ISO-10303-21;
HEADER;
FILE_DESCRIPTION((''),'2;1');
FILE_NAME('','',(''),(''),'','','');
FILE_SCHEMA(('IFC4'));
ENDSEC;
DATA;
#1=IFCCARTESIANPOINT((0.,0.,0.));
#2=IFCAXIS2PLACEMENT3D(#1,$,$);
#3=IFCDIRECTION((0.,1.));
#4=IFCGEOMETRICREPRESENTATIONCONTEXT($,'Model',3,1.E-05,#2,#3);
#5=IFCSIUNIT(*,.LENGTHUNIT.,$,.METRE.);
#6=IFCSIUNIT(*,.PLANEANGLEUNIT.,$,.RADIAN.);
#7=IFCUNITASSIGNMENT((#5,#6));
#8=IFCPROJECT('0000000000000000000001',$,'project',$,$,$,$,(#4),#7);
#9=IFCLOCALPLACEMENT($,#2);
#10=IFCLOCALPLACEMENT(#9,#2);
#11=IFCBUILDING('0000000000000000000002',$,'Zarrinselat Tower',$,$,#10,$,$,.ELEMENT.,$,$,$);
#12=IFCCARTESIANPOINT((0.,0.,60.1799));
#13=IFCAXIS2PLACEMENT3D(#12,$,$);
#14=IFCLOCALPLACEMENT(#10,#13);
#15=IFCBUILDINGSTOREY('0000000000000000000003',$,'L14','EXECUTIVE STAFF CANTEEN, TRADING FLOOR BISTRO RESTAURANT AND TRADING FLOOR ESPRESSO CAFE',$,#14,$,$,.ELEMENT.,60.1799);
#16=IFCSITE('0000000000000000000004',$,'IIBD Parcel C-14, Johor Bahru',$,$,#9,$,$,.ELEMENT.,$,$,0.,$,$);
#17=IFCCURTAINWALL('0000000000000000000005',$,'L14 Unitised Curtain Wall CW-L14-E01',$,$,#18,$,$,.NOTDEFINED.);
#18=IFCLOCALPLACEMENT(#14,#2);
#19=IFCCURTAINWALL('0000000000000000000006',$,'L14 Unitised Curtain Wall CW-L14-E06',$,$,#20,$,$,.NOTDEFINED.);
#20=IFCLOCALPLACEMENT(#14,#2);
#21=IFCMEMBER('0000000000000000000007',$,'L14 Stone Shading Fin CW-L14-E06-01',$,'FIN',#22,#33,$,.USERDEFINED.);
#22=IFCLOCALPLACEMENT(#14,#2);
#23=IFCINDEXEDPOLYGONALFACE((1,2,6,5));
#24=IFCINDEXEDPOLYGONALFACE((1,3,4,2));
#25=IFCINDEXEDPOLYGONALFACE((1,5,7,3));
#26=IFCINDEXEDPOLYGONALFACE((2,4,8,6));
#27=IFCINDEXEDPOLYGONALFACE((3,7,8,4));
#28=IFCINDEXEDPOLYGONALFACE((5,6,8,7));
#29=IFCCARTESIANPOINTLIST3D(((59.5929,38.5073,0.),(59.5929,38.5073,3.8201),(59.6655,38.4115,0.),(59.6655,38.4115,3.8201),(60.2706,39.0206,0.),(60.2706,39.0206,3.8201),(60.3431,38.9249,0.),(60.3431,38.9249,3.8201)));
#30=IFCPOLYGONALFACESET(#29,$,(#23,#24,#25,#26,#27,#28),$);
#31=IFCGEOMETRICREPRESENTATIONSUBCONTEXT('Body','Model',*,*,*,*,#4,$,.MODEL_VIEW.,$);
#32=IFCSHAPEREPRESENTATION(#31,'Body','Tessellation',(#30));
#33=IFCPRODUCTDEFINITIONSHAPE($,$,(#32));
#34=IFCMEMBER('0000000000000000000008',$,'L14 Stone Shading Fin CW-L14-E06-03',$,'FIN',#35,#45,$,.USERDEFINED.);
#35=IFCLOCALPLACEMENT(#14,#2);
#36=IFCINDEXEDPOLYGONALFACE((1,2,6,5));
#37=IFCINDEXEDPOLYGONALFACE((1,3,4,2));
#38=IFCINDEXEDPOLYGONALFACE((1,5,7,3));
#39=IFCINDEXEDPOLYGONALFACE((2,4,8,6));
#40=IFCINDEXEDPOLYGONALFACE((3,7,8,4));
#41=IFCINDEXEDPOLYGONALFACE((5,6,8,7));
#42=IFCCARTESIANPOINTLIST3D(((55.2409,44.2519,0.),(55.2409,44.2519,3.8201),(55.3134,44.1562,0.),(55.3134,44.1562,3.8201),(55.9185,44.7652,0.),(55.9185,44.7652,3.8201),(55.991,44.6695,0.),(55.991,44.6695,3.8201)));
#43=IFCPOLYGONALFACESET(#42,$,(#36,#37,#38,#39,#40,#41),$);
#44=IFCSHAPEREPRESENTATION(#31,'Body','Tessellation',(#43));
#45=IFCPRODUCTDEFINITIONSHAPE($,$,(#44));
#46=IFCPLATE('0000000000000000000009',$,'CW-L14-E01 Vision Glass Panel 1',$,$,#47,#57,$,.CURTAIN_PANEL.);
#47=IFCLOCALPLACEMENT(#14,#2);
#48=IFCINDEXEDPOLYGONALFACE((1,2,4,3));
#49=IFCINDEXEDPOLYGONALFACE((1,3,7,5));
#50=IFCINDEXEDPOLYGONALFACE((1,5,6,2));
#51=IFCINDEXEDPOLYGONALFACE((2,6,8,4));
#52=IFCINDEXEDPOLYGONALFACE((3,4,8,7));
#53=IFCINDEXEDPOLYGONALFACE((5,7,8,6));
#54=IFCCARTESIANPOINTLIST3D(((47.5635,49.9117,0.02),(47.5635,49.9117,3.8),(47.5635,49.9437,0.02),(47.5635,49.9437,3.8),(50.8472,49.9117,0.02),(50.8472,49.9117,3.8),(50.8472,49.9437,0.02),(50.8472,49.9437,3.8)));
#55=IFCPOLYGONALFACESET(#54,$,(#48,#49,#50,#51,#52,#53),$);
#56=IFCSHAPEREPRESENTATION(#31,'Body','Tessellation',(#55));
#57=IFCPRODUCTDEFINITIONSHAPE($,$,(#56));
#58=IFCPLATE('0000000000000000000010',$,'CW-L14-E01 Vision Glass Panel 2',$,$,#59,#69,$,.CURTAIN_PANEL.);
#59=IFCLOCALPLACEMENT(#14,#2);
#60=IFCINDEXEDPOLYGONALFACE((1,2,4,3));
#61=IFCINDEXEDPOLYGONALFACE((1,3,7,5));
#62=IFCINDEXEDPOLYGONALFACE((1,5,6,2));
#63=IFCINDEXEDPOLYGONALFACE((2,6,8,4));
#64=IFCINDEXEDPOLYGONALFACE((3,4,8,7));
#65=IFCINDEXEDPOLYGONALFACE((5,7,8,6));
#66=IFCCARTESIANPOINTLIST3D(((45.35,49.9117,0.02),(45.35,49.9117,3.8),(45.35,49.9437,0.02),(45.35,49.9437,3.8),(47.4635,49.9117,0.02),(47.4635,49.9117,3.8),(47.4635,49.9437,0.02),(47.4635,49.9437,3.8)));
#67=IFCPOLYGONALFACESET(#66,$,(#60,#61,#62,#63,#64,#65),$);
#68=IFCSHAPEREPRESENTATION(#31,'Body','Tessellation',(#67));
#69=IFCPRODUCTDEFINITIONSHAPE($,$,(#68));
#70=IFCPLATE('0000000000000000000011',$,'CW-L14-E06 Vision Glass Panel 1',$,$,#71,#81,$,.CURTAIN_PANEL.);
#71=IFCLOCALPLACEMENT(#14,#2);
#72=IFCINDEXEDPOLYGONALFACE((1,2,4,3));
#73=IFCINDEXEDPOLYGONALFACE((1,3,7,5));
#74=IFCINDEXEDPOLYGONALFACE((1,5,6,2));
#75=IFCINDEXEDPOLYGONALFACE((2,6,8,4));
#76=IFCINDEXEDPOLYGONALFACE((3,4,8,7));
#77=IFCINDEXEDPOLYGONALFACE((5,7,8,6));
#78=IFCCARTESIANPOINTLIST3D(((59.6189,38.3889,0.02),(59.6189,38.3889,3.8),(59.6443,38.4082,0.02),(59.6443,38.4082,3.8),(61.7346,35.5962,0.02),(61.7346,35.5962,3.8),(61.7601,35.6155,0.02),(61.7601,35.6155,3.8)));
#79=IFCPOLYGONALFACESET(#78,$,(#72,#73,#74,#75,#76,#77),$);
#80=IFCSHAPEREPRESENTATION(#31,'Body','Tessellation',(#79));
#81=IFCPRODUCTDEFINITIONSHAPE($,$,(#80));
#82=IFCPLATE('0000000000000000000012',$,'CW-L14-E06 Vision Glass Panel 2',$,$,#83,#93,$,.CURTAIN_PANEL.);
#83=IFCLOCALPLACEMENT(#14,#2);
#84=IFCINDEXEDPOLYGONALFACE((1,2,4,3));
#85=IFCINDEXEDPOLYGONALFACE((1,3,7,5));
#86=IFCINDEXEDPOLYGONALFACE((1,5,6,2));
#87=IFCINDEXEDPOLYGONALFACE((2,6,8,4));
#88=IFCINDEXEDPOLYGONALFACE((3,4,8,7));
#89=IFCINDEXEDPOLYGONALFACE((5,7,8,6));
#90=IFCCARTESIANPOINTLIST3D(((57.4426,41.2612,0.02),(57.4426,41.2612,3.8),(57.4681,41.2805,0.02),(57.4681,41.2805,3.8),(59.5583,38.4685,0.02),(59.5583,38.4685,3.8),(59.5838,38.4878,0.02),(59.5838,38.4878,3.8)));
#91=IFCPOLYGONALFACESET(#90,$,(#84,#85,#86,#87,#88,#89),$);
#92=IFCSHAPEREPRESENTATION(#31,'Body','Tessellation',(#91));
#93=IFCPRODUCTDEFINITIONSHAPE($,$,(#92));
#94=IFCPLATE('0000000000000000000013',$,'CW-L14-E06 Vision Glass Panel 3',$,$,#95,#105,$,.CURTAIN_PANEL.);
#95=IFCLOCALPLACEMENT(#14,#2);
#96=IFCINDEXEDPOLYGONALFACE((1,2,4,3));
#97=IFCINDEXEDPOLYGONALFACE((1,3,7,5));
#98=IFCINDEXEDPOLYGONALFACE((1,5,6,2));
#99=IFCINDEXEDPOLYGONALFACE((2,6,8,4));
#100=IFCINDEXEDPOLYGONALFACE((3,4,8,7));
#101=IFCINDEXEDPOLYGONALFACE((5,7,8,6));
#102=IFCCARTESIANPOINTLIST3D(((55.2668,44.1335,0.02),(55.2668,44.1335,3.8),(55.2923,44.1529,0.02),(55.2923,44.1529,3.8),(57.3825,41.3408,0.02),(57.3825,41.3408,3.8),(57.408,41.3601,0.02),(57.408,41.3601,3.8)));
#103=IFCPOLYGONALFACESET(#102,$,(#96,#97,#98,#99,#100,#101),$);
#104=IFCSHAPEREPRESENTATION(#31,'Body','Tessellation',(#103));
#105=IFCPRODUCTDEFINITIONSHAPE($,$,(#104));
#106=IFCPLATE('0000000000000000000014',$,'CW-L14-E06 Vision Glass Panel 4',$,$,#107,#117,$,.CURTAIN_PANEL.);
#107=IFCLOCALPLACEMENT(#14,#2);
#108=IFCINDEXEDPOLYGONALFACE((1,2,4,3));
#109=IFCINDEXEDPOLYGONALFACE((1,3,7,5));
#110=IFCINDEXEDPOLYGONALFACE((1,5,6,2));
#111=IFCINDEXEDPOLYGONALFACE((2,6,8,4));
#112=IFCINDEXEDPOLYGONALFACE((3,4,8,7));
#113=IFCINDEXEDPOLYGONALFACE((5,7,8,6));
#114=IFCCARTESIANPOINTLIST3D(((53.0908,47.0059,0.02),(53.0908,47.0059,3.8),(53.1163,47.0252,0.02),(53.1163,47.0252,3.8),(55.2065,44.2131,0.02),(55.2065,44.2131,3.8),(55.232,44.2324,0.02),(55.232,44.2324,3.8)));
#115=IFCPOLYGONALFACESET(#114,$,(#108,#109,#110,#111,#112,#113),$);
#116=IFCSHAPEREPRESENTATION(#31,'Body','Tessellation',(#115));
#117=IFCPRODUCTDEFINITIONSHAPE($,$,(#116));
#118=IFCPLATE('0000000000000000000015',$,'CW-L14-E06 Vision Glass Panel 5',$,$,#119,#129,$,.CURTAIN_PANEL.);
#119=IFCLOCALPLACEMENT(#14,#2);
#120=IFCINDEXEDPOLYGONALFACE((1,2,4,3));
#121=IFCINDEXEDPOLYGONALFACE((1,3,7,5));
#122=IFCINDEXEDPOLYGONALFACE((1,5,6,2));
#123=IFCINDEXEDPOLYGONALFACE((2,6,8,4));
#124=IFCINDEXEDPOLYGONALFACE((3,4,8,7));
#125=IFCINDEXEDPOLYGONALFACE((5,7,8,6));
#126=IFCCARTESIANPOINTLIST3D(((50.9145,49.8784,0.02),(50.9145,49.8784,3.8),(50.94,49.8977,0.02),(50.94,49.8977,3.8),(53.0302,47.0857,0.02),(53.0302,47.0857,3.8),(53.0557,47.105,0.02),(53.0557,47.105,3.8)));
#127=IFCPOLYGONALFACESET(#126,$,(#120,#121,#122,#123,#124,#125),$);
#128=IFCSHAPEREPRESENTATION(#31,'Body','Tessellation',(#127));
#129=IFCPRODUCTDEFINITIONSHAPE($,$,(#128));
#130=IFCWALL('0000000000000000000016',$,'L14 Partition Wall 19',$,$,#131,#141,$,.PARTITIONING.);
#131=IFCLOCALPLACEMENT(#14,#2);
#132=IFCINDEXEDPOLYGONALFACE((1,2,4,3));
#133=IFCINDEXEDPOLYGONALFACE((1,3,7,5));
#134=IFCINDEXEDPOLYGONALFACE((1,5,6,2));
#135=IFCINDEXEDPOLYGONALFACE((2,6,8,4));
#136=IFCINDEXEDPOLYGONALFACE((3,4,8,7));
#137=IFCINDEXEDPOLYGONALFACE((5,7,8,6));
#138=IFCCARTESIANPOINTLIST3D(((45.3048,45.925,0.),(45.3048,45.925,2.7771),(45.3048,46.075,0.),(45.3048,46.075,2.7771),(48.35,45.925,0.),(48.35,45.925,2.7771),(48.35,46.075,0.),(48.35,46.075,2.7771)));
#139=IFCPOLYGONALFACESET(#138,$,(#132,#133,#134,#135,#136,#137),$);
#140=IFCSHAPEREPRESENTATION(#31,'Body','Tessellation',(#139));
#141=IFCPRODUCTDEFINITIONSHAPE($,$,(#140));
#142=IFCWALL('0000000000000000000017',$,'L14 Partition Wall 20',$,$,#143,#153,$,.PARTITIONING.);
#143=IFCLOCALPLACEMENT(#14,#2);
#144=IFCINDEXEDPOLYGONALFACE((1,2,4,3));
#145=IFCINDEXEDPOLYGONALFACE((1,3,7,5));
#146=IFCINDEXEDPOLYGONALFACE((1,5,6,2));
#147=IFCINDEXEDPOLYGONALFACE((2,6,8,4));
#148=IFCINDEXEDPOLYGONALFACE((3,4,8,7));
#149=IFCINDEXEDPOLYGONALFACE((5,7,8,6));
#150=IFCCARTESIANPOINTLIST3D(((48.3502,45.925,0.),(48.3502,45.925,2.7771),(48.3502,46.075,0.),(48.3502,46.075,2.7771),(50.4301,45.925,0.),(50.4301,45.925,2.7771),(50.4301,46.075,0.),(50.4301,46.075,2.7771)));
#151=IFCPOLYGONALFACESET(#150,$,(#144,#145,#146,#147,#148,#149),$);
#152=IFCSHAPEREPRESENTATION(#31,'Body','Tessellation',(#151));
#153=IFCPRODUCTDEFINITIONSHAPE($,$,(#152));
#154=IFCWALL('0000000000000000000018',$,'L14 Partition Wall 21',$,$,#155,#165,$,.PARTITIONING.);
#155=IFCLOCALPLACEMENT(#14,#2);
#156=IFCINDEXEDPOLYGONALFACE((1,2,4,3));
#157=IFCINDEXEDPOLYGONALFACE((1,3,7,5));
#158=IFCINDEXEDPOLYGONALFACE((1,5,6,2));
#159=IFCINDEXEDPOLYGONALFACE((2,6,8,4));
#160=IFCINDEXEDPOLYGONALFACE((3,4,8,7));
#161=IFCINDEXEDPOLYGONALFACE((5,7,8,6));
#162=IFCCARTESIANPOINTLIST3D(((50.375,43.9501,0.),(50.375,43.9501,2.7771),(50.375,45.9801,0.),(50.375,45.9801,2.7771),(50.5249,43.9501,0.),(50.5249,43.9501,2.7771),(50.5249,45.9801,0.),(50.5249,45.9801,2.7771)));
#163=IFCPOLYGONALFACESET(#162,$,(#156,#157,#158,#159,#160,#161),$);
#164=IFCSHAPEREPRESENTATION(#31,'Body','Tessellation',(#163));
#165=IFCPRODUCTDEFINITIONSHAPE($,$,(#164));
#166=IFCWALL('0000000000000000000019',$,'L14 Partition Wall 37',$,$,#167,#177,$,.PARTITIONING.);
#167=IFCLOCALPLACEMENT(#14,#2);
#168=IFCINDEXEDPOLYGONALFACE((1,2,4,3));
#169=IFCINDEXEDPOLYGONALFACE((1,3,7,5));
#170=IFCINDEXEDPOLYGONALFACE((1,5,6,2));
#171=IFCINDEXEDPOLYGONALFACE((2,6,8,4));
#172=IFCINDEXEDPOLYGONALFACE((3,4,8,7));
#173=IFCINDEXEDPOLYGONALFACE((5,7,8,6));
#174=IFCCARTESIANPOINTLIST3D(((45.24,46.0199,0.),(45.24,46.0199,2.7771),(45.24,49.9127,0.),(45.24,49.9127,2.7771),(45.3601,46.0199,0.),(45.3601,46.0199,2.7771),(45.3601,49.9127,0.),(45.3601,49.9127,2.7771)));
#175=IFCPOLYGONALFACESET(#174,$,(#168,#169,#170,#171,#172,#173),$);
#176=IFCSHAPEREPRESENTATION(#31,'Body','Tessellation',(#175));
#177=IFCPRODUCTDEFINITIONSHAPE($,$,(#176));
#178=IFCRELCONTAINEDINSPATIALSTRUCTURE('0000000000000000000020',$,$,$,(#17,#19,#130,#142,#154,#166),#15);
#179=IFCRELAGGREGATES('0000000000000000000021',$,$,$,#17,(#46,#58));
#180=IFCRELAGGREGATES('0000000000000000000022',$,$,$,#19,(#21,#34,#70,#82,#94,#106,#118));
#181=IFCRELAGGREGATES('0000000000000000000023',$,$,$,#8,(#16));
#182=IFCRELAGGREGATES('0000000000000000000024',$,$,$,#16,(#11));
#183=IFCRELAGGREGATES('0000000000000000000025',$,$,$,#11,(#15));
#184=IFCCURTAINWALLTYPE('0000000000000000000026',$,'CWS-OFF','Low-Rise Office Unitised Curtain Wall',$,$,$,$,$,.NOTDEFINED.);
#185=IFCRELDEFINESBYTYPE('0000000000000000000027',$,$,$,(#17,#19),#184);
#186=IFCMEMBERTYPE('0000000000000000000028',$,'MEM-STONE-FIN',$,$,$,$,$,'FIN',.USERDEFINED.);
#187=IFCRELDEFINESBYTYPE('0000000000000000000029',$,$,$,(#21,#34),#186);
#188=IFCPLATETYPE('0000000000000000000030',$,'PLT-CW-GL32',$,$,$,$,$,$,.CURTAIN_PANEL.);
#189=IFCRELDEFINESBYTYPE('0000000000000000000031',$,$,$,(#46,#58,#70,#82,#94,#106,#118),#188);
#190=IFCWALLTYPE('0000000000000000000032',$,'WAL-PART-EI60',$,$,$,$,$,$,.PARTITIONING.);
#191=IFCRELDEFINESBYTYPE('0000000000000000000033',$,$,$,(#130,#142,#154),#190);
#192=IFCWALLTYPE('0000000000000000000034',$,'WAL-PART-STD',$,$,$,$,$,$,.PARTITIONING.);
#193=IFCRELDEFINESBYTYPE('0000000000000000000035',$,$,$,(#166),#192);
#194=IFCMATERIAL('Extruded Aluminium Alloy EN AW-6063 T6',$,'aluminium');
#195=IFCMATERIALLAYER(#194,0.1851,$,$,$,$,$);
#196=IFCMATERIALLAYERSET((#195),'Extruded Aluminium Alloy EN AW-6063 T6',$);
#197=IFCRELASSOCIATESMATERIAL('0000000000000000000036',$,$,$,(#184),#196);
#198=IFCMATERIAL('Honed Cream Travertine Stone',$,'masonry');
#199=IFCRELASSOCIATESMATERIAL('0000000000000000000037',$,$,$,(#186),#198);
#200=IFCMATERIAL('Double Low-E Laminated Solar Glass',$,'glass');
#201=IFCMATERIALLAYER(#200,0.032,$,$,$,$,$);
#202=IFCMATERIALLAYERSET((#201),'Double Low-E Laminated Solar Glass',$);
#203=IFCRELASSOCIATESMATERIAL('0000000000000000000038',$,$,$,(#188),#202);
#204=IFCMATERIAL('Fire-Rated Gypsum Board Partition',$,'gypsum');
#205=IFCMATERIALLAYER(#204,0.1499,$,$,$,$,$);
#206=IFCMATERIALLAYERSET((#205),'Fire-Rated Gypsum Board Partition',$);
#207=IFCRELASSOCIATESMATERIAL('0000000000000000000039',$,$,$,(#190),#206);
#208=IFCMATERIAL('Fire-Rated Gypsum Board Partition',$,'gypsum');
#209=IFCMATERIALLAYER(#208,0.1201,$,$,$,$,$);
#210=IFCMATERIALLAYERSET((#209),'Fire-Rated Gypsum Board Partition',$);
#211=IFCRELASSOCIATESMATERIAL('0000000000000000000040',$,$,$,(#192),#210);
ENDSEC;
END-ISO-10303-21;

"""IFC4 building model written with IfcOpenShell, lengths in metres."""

from ifc_helpers import new_model, si_unit, direction, frame, frame_2d, origin, origin_2d, place, context, subcontext, project, spatial, rectangle, extrude, material, layer, layer_set, material_profile, profile_set, type_object, element, aggregate, save


model = new_model("IFC4")

# Units and contexts
model_context = context("Model", 3, precision=1e-05, world=origin(), true_north=direction((0.0, 1.0)))
body_context = subcontext(model_context, "Body", "Model", "MODEL_VIEW")
ifc_project = project(units=[si_unit("LENGTHUNIT", "METRE"), si_unit("PLANEANGLEUNIT", "RADIAN")], contexts=[model_context])

# Site, building, storey
site_placement = place(None, origin())
site = spatial("IfcSite", under=ifc_project, at=site_placement, Name="IIBD Parcel C-14, Johor Bahru", CompositionType="ELEMENT", RefElevation=0.0)
building_placement = place(site_placement, origin())
building = spatial("IfcBuilding", under=site, at=building_placement, Name="Zarrinselat Tower", CompositionType="ELEMENT")
storey_placement = place(building_placement, frame((0.0, 0.0, 60.1799)))
storey = spatial("IfcBuildingStorey", under=building, at=storey_placement, Name="L14", Description="EXECUTIVE STAFF CANTEEN, TRADING FLOOR BISTRO RESTAURANT AND TRADING FLOOR ESPRESSO CAFE", CompositionType="ELEMENT", Elevation=60.1799)

# Curtain walls
ifc_material_1 = material(Name="Extruded Aluminium Alloy EN AW-6063 T6", Category="aluminium")
ifc_layer_1 = layer(ifc_material_1, 0.1851)
ifc_layer_set_1 = layer_set([ifc_layer_1], Name="Extruded Aluminium Alloy EN AW-6063 T6")
curtain_wall_type = type_object("IfcCurtainWallType", Name="CWS-OFF", Description="Low-Rise Office Unitised Curtain Wall", PredefinedType="NOTDEFINED", material=ifc_layer_set_1)
curtain_wall_1_placement = place(storey_placement, origin())
curtain_wall_1 = element("IfcCurtainWall", 1, at=curtain_wall_1_placement, inside=storey, type_object=curtain_wall_type, Name="L14 Unitised Curtain Wall CW-L14-E01", PredefinedType="NOTDEFINED")
curtain_wall_2_placement = place(storey_placement, origin())
curtain_wall_2 = element("IfcCurtainWall", 2, at=curtain_wall_2_placement, inside=storey, type_object=curtain_wall_type, Name="L14 Unitised Curtain Wall CW-L14-E06", PredefinedType="NOTDEFINED")

# Members
ifc_material_2 = material(Name="Honed Cream Travertine Stone", Category="masonry")
ifc_material_profile_1 = material_profile(ifc_material_2, rectangle(XDim=0.1201, YDim=0.8501, at=origin_2d()), Name="FIN 850x120")
ifc_profile_set_1 = profile_set([ifc_material_profile_1], Name="Honed Cream Travertine Stone")
member_type_1 = type_object("IfcMemberType", Name="MEM-STONE-FIN", ElementType="FIN", PredefinedType="USERDEFINED", material=ifc_profile_set_1)
member_1_placement = place(storey_placement, frame((59.968, 38.7161, 0.0), z_axis=(0.0, 0.0, 1.0), x_axis=(0.603857, -0.797093, 0.0)))
member_1 = element("IfcMember", 3, at=member_1_placement, type_object=member_type_1, Name="L14 Stone Shading Fin CW-L14-E06-01", ObjectType="FIN", PredefinedType="USERDEFINED", context=body_context, shape_type="SweptSolid", body=[
    extrude(rectangle(XDim=0.1201, YDim=0.8501, at=origin_2d()), origin(), (0.0, 0.0, 1.0), 3.8201),
])
member_2_placement = place(storey_placement, frame((55.616, 44.4607, 0.0), z_axis=(0.0, 0.0, 1.0), x_axis=(0.603857, -0.797093, 0.0)))
member_2 = element("IfcMember", 4, at=member_2_placement, type_object=member_type_1, Name="L14 Stone Shading Fin CW-L14-E06-03", ObjectType="FIN", PredefinedType="USERDEFINED", context=body_context, shape_type="SweptSolid", body=[
    extrude(rectangle(XDim=0.1201, YDim=0.8501, at=origin_2d()), origin(), (0.0, 0.0, 1.0), 3.8201),
])

# Plates
ifc_material_3 = material(Name="Double Low-E Laminated Solar Glass", Category="glass")
ifc_layer_2 = layer(ifc_material_3, 0.032)
ifc_layer_set_2 = layer_set([ifc_layer_2], Name="Double Low-E Laminated Solar Glass")
plate_type = type_object("IfcPlateType", Name="PLT-CW-GL32", PredefinedType="CURTAIN_PANEL", material=ifc_layer_set_2)
plate_1_placement = place(storey_placement, frame((49.2053, 49.9277, 0.02), z_axis=(0.0, 0.0, 1.0), x_axis=(-1.0, 0.0, 0.0)))
plate_1 = element("IfcPlate", 5, at=plate_1_placement, type_object=plate_type, Name="CW-L14-E01 Vision Glass Panel 1", PredefinedType="CURTAIN_PANEL", context=body_context, shape_type="SweptSolid", body=[
    extrude(rectangle(XDim=3.2837, YDim=0.032, at=origin_2d()), origin(), (0.0, 0.0, 1.0), 3.78),
])
plate_2_placement = place(storey_placement, frame((46.4067, 49.9277, 0.02), z_axis=(0.0, 0.0, 1.0), x_axis=(-1.0, 0.0, 0.0)))
plate_2 = element("IfcPlate", 6, at=plate_2_placement, type_object=plate_type, Name="CW-L14-E01 Vision Glass Panel 2", PredefinedType="CURTAIN_PANEL", context=body_context, shape_type="SweptSolid", body=[
    extrude(rectangle(XDim=2.1135, YDim=0.032, at=origin_2d()), origin(), (0.0, 0.0, 1.0), 3.78),
])
aggregate(curtain_wall_1, [plate_1, plate_2])
plate_3_placement = place(storey_placement, frame((60.6895, 37.0022, 0.02), z_axis=(0.0, 0.0, 1.0), x_axis=(-0.603857, 0.797093, 0.0)))
plate_3 = element("IfcPlate", 7, at=plate_3_placement, type_object=plate_type, Name="CW-L14-E06 Vision Glass Panel 1", PredefinedType="CURTAIN_PANEL", context=body_context, shape_type="SweptSolid", body=[
    extrude(rectangle(XDim=3.5037, YDim=0.032, at=origin_2d()), origin(), (0.0, 0.0, 1.0), 3.78),
])
plate_4_placement = place(storey_placement, frame((58.5132, 39.8745, 0.02), z_axis=(0.0, 0.0, 1.0), x_axis=(-0.603857, 0.797093, 0.0)))
plate_4 = element("IfcPlate", 8, at=plate_4_placement, type_object=plate_type, Name="CW-L14-E06 Vision Glass Panel 2", PredefinedType="CURTAIN_PANEL", context=body_context, shape_type="SweptSolid", body=[
    extrude(rectangle(XDim=3.5037, YDim=0.032, at=origin_2d()), origin(), (0.0, 0.0, 1.0), 3.78),
])
plate_5_placement = place(storey_placement, frame((56.3374, 42.7468, 0.02), z_axis=(0.0, 0.0, 1.0), x_axis=(-0.603857, 0.797093, 0.0)))
plate_5 = element("IfcPlate", 9, at=plate_5_placement, type_object=plate_type, Name="CW-L14-E06 Vision Glass Panel 3", PredefinedType="CURTAIN_PANEL", context=body_context, shape_type="SweptSolid", body=[
    extrude(rectangle(XDim=3.5037, YDim=0.032, at=origin_2d()), origin(), (0.0, 0.0, 1.0), 3.78),
])
plate_6_placement = place(storey_placement, frame((54.1614, 45.6191, 0.02), z_axis=(0.0, 0.0, 1.0), x_axis=(-0.603857, 0.797093, 0.0)))
plate_6 = element("IfcPlate", 10, at=plate_6_placement, type_object=plate_type, Name="CW-L14-E06 Vision Glass Panel 4", PredefinedType="CURTAIN_PANEL", context=body_context, shape_type="SweptSolid", body=[
    extrude(rectangle(XDim=3.5037, YDim=0.032, at=origin_2d()), origin(), (0.0, 0.0, 1.0), 3.78),
])
plate_7_placement = place(storey_placement, frame((51.9851, 48.4917, 0.02), z_axis=(0.0, 0.0, 1.0), x_axis=(-0.603857, 0.797093, 0.0)))
plate_7 = element("IfcPlate", 11, at=plate_7_placement, type_object=plate_type, Name="CW-L14-E06 Vision Glass Panel 5", PredefinedType="CURTAIN_PANEL", context=body_context, shape_type="SweptSolid", body=[
    extrude(rectangle(XDim=3.5037, YDim=0.032, at=origin_2d()), origin(), (0.0, 0.0, 1.0), 3.78),
])
aggregate(curtain_wall_2, [member_1, member_2, plate_3, plate_4, plate_5, plate_6, plate_7])

# Walls
ifc_material_4 = material(Name="Fire-Rated Gypsum Board Partition", Category="gypsum")
ifc_layer_3 = layer(ifc_material_4, 0.1499)
ifc_layer_set_3 = layer_set([ifc_layer_3], Name="Fire-Rated Gypsum Board Partition")
wall_type_1 = type_object("IfcWallType", Name="WAL-PART-EI60", PredefinedType="PARTITIONING", material=ifc_layer_set_3)
wall_1_placement = place(storey_placement, frame((45.3049, 46.0, 0.0), z_axis=(0.0, 0.0, 1.0), x_axis=(1.0, 0.0, 0.0)))
element("IfcWall", 12, at=wall_1_placement, inside=storey, type_object=wall_type_1, Name="L14 Partition Wall 19", PredefinedType="PARTITIONING", context=body_context, shape_type="SweptSolid", body=[
    extrude(rectangle(XDim=3.0452, YDim=0.1499, at=frame_2d((1.5225, 0.0))), origin(), (0.0, 0.0, 1.0), 2.7771),
])
wall_2_placement = place(storey_placement, frame((48.3501, 46.0, 0.0), z_axis=(0.0, 0.0, 1.0), x_axis=(1.0, 0.0, 0.0)))
element("IfcWall", 13, at=wall_2_placement, inside=storey, type_object=wall_type_1, Name="L14 Partition Wall 20", PredefinedType="PARTITIONING", context=body_context, shape_type="SweptSolid", body=[
    extrude(rectangle(XDim=2.0798, YDim=0.1499, at=frame_2d((1.04, 0.0))), origin(), (0.0, 0.0, 1.0), 2.7771),
])
wall_3_placement = place(storey_placement, frame((50.45, 43.95, 0.0), z_axis=(0.0, 0.0, 1.0), x_axis=(0.0, 1.0, 0.0)))
element("IfcWall", 14, at=wall_3_placement, inside=storey, type_object=wall_type_1, Name="L14 Partition Wall 21", PredefinedType="PARTITIONING", context=body_context, shape_type="SweptSolid", body=[
    extrude(rectangle(XDim=2.03, YDim=0.1499, at=frame_2d((1.0151, 0.0))), origin(), (0.0, 0.0, 1.0), 2.7771),
])
ifc_material_5 = material(Name="Fire-Rated Gypsum Board Partition", Category="gypsum")
ifc_layer_4 = layer(ifc_material_5, 0.1201)
ifc_layer_set_4 = layer_set([ifc_layer_4], Name="Fire-Rated Gypsum Board Partition")
wall_type_2 = type_object("IfcWallType", Name="WAL-PART-STD", PredefinedType="PARTITIONING", material=ifc_layer_set_4)
wall_4_placement = place(storey_placement, frame((45.3, 46.02, 0.0), z_axis=(0.0, 0.0, 1.0), x_axis=(0.0, 1.0, 0.0)))
element("IfcWall", 15, at=wall_4_placement, inside=storey, type_object=wall_type_2, Name="L14 Partition Wall 37", PredefinedType="PARTITIONING", context=body_context, shape_type="SweptSolid", body=[
    extrude(rectangle(XDim=3.8928, YDim=0.1201, at=frame_2d((1.9463, 0.0))), origin(), (0.0, 0.0, 1.0), 2.7771),
])

save(model, "model.ifc")
